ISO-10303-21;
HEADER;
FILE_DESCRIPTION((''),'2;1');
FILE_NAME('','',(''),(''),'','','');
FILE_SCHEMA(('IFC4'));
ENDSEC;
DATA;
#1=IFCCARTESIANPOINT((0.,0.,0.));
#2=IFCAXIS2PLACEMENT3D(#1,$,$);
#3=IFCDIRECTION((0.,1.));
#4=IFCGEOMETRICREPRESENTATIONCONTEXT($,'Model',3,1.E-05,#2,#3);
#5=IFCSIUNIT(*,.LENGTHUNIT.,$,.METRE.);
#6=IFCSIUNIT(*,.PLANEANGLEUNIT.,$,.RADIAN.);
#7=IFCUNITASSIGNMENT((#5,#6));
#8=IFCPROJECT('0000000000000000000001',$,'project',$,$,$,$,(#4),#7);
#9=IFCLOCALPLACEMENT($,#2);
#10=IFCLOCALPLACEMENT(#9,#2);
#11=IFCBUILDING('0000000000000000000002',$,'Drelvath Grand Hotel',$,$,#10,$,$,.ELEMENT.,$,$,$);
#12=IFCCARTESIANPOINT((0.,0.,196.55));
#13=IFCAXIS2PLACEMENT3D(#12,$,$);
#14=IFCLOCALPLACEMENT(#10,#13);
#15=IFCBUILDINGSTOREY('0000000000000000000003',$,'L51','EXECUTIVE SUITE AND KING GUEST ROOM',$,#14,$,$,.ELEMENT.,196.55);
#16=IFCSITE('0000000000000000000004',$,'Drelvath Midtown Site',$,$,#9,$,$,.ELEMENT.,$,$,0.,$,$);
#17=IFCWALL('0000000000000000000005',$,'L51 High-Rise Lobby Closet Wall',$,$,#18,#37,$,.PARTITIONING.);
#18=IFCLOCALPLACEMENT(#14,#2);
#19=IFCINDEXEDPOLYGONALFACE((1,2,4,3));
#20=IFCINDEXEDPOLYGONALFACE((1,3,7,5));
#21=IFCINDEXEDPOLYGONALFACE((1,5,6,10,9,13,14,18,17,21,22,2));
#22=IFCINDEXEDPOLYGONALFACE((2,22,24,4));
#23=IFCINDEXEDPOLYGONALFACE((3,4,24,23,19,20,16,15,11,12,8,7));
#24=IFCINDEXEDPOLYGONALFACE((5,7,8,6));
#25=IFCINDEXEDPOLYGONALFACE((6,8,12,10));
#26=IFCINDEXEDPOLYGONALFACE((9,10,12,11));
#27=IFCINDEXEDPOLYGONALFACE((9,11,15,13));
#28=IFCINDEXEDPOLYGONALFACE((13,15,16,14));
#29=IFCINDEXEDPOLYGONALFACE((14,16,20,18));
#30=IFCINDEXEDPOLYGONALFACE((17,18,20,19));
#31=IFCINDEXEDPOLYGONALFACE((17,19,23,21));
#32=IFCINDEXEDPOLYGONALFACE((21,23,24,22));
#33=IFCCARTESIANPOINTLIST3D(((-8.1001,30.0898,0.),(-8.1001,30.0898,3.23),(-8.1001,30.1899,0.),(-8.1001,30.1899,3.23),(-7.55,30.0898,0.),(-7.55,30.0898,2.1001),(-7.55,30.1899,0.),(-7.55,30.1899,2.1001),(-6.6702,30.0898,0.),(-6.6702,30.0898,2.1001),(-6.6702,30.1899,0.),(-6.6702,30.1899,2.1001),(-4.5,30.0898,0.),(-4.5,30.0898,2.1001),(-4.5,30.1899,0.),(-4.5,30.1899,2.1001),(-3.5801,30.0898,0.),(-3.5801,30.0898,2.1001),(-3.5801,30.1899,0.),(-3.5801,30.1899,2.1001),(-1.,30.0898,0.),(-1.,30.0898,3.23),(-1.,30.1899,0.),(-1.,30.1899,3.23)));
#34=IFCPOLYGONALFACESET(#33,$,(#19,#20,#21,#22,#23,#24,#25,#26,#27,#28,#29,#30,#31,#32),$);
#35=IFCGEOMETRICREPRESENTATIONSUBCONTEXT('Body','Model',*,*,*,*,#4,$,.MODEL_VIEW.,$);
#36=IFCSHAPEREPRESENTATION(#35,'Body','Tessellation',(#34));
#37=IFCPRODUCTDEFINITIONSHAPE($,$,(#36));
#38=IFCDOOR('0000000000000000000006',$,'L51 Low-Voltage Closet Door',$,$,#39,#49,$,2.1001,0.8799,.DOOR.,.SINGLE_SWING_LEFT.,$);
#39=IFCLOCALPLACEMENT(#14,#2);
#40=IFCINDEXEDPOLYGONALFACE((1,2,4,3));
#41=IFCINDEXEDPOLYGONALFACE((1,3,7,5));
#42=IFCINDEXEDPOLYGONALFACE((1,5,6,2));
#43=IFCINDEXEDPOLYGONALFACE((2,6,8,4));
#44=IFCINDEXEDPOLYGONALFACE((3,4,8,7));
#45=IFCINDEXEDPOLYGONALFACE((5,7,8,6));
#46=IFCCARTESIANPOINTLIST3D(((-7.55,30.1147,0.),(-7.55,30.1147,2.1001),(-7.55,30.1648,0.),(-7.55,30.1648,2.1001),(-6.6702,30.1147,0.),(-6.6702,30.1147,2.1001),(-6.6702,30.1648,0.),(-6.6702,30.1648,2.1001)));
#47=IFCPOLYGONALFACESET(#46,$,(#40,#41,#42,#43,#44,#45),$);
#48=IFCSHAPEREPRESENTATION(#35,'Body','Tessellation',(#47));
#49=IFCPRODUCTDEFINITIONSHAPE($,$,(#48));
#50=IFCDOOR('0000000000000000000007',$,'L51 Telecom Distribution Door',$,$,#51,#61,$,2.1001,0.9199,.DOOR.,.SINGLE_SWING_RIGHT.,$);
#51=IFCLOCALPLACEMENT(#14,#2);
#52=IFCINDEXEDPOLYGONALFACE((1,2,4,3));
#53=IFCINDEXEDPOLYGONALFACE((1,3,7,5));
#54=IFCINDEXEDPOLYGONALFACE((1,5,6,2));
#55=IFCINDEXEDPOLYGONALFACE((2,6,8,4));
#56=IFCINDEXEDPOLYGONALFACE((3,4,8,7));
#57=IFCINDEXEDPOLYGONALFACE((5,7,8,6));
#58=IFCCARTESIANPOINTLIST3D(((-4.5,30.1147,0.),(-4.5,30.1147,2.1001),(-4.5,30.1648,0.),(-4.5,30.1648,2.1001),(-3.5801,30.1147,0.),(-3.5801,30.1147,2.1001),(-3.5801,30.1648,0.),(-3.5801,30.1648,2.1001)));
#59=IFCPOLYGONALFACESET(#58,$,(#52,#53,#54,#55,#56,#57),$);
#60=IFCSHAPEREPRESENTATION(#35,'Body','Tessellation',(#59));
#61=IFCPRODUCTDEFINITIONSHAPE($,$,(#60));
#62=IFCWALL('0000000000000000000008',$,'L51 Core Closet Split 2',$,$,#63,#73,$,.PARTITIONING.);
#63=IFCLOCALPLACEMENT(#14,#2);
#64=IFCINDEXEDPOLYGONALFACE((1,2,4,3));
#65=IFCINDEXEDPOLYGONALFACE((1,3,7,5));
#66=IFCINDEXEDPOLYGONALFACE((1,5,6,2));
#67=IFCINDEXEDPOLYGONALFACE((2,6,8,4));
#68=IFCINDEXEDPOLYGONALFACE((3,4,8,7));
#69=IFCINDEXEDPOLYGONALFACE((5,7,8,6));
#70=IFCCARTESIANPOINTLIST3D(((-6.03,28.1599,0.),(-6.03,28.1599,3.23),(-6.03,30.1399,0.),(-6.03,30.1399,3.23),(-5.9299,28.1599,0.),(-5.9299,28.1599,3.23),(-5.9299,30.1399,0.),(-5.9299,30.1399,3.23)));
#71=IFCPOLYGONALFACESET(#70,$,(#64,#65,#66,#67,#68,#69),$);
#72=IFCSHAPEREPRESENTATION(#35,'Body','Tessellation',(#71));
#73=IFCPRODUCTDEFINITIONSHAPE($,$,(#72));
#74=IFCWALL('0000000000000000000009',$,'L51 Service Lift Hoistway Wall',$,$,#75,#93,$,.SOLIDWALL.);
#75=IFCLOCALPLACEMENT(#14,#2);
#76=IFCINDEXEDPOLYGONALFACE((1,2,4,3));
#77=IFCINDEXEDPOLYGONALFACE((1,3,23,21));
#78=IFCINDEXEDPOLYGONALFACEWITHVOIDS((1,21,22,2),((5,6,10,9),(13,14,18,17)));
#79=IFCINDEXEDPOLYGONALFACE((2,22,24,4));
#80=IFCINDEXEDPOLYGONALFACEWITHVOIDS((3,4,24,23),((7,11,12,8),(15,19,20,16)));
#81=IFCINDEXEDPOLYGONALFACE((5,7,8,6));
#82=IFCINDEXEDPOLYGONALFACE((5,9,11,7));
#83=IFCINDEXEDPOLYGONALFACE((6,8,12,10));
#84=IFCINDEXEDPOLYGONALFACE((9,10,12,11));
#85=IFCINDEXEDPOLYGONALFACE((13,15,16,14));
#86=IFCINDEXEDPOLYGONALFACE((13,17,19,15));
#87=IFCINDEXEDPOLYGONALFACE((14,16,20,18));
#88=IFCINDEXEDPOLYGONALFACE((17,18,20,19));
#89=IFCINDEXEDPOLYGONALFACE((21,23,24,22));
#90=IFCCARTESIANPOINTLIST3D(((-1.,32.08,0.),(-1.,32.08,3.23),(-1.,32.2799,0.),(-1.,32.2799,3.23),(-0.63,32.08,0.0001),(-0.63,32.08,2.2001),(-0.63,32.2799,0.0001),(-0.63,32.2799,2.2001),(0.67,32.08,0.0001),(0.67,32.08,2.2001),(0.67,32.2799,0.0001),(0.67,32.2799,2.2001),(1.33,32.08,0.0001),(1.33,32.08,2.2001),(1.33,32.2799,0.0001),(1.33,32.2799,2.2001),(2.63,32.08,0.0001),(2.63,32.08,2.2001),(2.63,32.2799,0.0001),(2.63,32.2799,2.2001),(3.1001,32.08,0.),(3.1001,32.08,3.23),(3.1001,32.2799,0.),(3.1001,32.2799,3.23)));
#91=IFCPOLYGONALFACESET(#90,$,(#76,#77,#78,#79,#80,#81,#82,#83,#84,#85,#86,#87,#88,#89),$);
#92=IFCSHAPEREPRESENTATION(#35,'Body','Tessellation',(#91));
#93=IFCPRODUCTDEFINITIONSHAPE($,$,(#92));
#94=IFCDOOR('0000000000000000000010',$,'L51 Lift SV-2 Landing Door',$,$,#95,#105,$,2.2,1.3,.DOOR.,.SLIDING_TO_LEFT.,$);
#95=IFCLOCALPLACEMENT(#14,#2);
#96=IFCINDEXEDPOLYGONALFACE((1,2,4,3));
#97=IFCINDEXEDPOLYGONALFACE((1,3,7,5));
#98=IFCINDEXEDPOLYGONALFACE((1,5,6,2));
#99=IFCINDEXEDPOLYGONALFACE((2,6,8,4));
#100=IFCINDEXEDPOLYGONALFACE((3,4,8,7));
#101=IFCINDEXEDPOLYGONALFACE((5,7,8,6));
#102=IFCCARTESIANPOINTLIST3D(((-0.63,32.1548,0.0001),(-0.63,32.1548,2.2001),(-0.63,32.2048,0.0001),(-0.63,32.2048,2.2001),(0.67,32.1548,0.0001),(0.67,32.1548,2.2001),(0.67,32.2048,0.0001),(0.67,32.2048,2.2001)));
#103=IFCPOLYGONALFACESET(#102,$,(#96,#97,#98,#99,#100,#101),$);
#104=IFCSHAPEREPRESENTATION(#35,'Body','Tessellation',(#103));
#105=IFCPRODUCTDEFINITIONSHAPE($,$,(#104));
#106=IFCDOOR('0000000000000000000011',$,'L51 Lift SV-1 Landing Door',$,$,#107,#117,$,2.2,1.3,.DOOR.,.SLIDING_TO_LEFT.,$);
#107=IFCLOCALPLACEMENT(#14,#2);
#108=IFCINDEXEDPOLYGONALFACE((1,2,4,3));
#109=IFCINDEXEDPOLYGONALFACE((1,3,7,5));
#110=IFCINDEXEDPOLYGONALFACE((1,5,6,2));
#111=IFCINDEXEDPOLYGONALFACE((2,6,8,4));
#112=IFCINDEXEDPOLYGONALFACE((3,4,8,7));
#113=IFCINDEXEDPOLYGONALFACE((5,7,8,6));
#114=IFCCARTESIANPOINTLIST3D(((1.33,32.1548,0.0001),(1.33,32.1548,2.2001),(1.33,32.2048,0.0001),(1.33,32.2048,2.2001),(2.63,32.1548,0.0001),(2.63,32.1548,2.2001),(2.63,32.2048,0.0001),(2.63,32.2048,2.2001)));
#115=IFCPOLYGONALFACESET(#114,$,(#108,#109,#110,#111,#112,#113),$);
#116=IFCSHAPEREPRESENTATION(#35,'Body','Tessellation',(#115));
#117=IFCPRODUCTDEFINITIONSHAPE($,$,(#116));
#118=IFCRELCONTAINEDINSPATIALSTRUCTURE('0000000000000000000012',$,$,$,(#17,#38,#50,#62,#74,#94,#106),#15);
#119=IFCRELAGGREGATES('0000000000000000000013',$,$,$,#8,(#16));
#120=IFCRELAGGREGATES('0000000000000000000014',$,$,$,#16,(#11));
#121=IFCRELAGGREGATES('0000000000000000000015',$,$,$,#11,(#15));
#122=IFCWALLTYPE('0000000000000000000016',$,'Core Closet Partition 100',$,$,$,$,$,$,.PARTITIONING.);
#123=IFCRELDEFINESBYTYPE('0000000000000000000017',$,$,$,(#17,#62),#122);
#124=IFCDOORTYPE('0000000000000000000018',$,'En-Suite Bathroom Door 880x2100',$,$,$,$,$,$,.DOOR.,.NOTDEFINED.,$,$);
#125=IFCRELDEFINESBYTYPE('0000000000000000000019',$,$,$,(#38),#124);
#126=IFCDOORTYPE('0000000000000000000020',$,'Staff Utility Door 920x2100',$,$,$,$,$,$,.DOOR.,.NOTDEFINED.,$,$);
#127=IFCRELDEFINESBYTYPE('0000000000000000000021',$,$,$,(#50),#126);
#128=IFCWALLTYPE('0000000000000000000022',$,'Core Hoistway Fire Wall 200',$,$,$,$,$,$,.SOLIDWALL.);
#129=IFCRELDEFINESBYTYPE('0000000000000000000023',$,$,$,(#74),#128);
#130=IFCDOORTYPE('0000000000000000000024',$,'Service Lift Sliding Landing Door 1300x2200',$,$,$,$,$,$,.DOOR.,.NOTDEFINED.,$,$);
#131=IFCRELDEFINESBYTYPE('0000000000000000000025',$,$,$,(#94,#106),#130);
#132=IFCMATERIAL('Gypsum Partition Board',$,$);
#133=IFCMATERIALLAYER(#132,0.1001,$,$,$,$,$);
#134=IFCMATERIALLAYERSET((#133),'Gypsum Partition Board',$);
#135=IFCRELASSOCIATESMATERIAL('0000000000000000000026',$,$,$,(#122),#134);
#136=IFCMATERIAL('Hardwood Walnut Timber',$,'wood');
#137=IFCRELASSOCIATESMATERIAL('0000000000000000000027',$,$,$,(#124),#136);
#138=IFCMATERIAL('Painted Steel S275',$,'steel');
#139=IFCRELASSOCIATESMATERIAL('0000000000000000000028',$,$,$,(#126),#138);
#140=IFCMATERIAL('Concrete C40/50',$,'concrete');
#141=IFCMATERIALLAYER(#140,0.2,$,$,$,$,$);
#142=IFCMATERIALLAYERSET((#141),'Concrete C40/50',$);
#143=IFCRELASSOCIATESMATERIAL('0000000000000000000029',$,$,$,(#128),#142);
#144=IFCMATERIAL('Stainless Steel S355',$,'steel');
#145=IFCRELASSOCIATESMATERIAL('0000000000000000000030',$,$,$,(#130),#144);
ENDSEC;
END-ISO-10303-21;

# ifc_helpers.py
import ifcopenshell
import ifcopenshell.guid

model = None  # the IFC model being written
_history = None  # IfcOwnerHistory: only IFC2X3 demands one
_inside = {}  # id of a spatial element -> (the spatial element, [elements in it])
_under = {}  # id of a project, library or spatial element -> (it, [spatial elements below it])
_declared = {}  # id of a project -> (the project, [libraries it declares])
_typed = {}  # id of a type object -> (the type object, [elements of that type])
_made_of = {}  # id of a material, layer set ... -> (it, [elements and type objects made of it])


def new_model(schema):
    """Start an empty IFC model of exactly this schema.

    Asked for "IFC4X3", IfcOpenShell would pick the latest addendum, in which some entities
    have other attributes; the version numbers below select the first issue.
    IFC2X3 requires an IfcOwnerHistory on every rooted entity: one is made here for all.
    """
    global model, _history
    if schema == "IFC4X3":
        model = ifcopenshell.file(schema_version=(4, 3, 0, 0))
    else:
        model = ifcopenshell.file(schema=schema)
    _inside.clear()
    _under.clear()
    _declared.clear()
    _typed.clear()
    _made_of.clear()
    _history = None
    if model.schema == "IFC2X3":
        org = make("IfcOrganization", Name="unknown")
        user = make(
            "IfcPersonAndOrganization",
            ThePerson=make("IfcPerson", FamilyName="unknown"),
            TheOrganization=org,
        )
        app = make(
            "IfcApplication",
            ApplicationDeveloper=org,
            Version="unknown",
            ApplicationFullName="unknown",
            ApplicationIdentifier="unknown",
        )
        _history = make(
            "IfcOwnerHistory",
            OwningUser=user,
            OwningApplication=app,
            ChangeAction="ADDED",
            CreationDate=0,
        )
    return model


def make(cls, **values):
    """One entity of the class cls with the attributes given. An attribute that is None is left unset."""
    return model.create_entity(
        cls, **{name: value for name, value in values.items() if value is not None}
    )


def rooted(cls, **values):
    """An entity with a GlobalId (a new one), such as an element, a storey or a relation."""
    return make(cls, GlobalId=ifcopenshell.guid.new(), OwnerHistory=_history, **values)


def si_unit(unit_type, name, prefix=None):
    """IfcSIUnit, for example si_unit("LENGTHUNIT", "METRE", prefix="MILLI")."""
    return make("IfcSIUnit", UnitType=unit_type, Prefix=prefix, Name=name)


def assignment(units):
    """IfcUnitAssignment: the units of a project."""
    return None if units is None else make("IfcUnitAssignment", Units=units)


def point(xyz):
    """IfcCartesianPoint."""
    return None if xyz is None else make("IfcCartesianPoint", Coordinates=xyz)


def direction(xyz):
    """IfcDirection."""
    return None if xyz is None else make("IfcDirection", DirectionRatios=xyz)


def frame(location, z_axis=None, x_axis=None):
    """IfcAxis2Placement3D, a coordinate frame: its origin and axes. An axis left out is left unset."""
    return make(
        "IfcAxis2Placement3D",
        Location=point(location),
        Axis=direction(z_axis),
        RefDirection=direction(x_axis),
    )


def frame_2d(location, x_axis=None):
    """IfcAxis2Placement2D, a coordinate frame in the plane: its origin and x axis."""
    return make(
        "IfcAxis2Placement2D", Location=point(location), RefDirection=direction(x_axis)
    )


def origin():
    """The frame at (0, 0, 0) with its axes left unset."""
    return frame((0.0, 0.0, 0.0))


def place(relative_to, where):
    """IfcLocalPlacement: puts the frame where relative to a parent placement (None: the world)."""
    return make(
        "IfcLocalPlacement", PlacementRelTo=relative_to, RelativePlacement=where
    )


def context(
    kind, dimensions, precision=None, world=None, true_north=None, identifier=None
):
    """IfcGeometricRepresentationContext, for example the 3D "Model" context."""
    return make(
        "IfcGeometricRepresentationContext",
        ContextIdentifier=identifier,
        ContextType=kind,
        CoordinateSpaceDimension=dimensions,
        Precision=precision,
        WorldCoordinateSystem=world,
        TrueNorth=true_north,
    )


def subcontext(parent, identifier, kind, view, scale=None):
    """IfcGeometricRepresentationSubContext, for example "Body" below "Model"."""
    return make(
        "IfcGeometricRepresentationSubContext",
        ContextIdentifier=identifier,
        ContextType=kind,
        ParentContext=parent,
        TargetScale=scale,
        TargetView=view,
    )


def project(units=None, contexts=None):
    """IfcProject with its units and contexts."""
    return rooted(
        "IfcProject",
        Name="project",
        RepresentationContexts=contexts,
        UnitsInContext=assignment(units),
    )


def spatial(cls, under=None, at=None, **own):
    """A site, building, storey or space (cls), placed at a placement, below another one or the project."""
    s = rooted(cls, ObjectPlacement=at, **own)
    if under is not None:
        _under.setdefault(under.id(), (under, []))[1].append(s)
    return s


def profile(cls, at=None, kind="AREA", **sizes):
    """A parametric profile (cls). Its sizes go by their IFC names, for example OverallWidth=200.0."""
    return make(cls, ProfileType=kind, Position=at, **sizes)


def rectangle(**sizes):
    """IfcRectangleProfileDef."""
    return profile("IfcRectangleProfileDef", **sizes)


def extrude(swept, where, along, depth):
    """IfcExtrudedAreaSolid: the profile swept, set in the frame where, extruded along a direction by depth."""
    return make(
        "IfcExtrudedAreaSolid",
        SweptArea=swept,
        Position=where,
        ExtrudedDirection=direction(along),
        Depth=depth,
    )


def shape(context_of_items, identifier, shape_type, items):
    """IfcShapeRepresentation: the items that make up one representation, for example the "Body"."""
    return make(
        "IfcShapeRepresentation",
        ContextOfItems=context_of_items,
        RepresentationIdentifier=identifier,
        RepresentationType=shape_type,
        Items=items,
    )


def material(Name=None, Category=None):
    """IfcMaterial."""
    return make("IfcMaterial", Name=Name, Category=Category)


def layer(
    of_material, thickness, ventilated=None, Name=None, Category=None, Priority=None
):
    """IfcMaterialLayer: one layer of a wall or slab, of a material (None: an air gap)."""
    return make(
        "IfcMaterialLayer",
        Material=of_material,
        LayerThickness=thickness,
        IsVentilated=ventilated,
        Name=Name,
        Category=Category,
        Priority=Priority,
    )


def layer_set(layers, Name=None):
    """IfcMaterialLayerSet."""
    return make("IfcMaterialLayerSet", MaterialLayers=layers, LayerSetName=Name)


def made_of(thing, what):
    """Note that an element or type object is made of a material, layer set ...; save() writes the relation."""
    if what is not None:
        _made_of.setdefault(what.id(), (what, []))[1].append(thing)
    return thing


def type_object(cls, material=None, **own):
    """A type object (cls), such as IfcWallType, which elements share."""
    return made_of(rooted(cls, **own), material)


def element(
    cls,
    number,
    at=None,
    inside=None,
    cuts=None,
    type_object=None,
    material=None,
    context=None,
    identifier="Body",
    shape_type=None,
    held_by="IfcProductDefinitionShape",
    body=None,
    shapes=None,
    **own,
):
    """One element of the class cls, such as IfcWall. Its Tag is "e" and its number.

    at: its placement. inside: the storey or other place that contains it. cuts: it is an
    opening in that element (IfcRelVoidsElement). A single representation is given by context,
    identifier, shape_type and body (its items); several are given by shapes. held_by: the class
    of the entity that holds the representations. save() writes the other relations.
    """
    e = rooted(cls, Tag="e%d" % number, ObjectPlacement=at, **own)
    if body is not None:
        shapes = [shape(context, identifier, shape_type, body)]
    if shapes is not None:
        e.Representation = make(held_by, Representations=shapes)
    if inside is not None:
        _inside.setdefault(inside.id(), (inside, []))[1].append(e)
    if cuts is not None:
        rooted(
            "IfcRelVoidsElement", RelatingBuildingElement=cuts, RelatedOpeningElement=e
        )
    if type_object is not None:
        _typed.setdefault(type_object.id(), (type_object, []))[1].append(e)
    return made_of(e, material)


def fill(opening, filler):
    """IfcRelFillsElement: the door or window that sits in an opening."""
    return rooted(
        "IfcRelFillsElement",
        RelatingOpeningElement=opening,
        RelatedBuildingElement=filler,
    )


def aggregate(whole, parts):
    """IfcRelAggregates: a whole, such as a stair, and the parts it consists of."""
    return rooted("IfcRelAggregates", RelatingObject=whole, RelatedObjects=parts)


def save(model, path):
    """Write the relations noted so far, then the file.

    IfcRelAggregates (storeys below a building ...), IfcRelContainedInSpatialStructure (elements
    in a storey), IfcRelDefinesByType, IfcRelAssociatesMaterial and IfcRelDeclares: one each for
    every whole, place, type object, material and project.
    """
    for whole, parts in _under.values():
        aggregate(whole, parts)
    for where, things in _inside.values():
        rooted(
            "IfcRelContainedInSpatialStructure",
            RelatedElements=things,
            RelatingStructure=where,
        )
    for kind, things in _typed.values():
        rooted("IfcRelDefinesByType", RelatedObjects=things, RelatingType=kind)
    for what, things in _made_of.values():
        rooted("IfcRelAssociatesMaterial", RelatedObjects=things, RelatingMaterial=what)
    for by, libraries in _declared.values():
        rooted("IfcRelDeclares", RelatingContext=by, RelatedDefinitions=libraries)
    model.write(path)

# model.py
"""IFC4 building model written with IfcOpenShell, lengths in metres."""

from ifc_helpers import new_model, si_unit, direction, frame, frame_2d, origin, place, context, subcontext, project, spatial, rectangle, extrude, material, layer, layer_set, type_object, element, fill, save


model = new_model("IFC4")

# Units and contexts
model_context = context("Model", 3, precision=1e-05, world=origin(), true_north=direction((0.0, 1.0)))
body_context = subcontext(model_context, "Body", "Model", "MODEL_VIEW")
ifc_project = project(units=[si_unit("LENGTHUNIT", "METRE"), si_unit("PLANEANGLEUNIT", "RADIAN")], contexts=[model_context])

# Site, building, storey
site_placement = place(None, origin())
site = spatial("IfcSite", under=ifc_project, at=site_placement, Name="Drelvath Midtown Site", CompositionType="ELEMENT", RefElevation=0.0)
building_placement = place(site_placement, origin())
building = spatial("IfcBuilding", under=site, at=building_placement, Name="Drelvath Grand Hotel", CompositionType="ELEMENT")
storey_placement = place(building_placement, frame((0.0, 0.0, 196.55)))
storey = spatial("IfcBuildingStorey", under=building, at=storey_placement, Name="L51", Description="EXECUTIVE SUITE AND KING GUEST ROOM", CompositionType="ELEMENT", Elevation=196.55)

# Wall, openings, doors
ifc_material_1 = material(Name="Gypsum Partition Board")
ifc_layer_1 = layer(ifc_material_1, 0.1001)
ifc_layer_set_1 = layer_set([ifc_layer_1], Name="Gypsum Partition Board")
wall_type_1 = type_object("IfcWallType", Name="Core Closet Partition 100", PredefinedType="PARTITIONING", material=ifc_layer_set_1)
wall_1_placement = place(storey_placement, frame((-8.1001, 30.1399, 0.0), z_axis=(0.0, 0.0, 1.0), x_axis=(1.0, 0.0, 0.0)))
wall_1 = element("IfcWall", 1, at=wall_1_placement, inside=storey, type_object=wall_type_1, Name="L51 High-Rise Lobby Closet Wall", PredefinedType="PARTITIONING", context=body_context, shape_type="SweptSolid", body=[
    extrude(rectangle(XDim=7.1001, YDim=0.1001, at=frame_2d((3.55, 0.0))), origin(), (0.0, 0.0, 1.0), 3.23),
])
opening_1_placement = place(wall_1_placement, frame((0.55, 0.0, 0.0)))
opening_1 = element("IfcOpeningElement", 2, at=opening_1_placement, cuts=wall_1, PredefinedType="OPENING", context=body_context, shape_type="SweptSolid", body=[
    extrude(rectangle(XDim=0.8799, YDim=2.1001, at=frame_2d((0.4399, 1.05))), frame((0.0, 0.0601, 0.0), z_axis=(0.0, -1.0, 0.0), x_axis=(1.0, 0.0, 0.0)), (0.0, 0.0, 1.0), 0.1201),
])
opening_2_placement = place(wall_1_placement, frame((3.6001, 0.0, 0.0)))
opening_2 = element("IfcOpeningElement", 3, at=opening_2_placement, cuts=wall_1, PredefinedType="OPENING", context=body_context, shape_type="SweptSolid", body=[
    extrude(rectangle(XDim=0.9199, YDim=2.1001, at=frame_2d((0.46, 1.05))), frame((0.0, 0.0601, 0.0), z_axis=(0.0, -1.0, 0.0), x_axis=(1.0, 0.0, 0.0)), (0.0, 0.0, 1.0), 0.1201),
])
ifc_material_2 = material(Name="Hardwood Walnut Timber", Category="wood")
door_type_1 = type_object("IfcDoorType", Name="En-Suite Bathroom Door 880x2100", OperationType="NOTDEFINED", PredefinedType="DOOR", material=ifc_material_2)
door_1_placement = place(opening_1_placement, origin())
door_1 = element("IfcDoor", 4, at=door_1_placement, inside=storey, type_object=door_type_1, Name="L51 Low-Voltage Closet Door", OperationType="SINGLE_SWING_LEFT", OverallHeight=2.1001, OverallWidth=0.8799, PredefinedType="DOOR", context=body_context, shape_type="SweptSolid", body=[
    extrude(rectangle(XDim=0.8799, YDim=2.1001, at=frame_2d((0.4399, 1.05))), frame((0.0, 0.0249, 0.0), z_axis=(0.0, -1.0, 0.0), x_axis=(1.0, 0.0, 0.0)), (0.0, 0.0, 1.0), 0.05),
])
fill(opening_1, door_1)
ifc_material_3 = material(Name="Painted Steel S275", Category="steel")
door_type_2 = type_object("IfcDoorType", Name="Staff Utility Door 920x2100", OperationType="NOTDEFINED", PredefinedType="DOOR", material=ifc_material_3)
door_2_placement = place(opening_2_placement, origin())
door_2 = element("IfcDoor", 5, at=door_2_placement, inside=storey, type_object=door_type_2, Name="L51 Telecom Distribution Door", OperationType="SINGLE_SWING_RIGHT", OverallHeight=2.1001, OverallWidth=0.9199, PredefinedType="DOOR", context=body_context, shape_type="SweptSolid", body=[
    extrude(rectangle(XDim=0.9199, YDim=2.1001, at=frame_2d((0.46, 1.05))), frame((0.0, 0.0249, 0.0), z_axis=(0.0, -1.0, 0.0), x_axis=(1.0, 0.0, 0.0)), (0.0, 0.0, 1.0), 0.05),
])
fill(opening_2, door_2)

# Wall
wall_2_placement = place(storey_placement, frame((-5.98, 28.1599, 0.0), z_axis=(0.0, 0.0, 1.0), x_axis=(0.0, 1.0, 0.0)))
element("IfcWall", 6, at=wall_2_placement, inside=storey, type_object=wall_type_1, Name="L51 Core Closet Split 2", PredefinedType="PARTITIONING", context=body_context, shape_type="SweptSolid", body=[
    extrude(rectangle(XDim=1.98, YDim=0.1001, at=frame_2d((0.99, 0.0))), origin(), (0.0, 0.0, 1.0), 3.23),
])

# Wall, openings, doors
ifc_material_4 = material(Name="Concrete C40/50", Category="concrete")
ifc_layer_2 = layer(ifc_material_4, 0.2)
ifc_layer_set_2 = layer_set([ifc_layer_2], Name="Concrete C40/50")
wall_type_2 = type_object("IfcWallType", Name="Core Hoistway Fire Wall 200", PredefinedType="SOLIDWALL", material=ifc_layer_set_2)
wall_3_placement = place(storey_placement, frame((-1.0, 32.1799, 0.0), z_axis=(0.0, 0.0, 1.0), x_axis=(1.0, 0.0, 0.0)))
wall_3 = element("IfcWall", 7, at=wall_3_placement, inside=storey, type_object=wall_type_2, Name="L51 Service Lift Hoistway Wall", PredefinedType="SOLIDWALL", context=body_context, shape_type="SweptSolid", body=[
    extrude(rectangle(XDim=4.1001, YDim=0.2, at=frame_2d((2.05, 0.0))), origin(), (0.0, 0.0, 1.0), 3.23),
])
opening_3_placement = place(wall_3_placement, frame((0.3701, 0.0, 0.0)))
opening_3 = element("IfcOpeningElement", 8, at=opening_3_placement, cuts=wall_3, PredefinedType="OPENING", context=body_context, shape_type="SweptSolid", body=[
    extrude(rectangle(XDim=1.3, YDim=2.2, at=frame_2d((0.6499, 1.1001))), frame((0.0, 0.1099, 0.0), z_axis=(0.0, -1.0, 0.0), x_axis=(1.0, 0.0, 0.0)), (0.0, 0.0, 1.0), 0.22),
])
opening_4_placement = place(wall_3_placement, frame((2.3301, 0.0, 0.0)))
opening_4 = element("IfcOpeningElement", 9, at=opening_4_placement, cuts=wall_3, PredefinedType="OPENING", context=body_context, shape_type="SweptSolid", body=[
    extrude(rectangle(XDim=1.3, YDim=2.2, at=frame_2d((0.6499, 1.1001))), frame((0.0, 0.1099, 0.0), z_axis=(0.0, -1.0, 0.0), x_axis=(1.0, 0.0, 0.0)), (0.0, 0.0, 1.0), 0.22),
])
ifc_material_5 = material(Name="Stainless Steel S355", Category="steel")
door_type_3 = type_object("IfcDoorType", Name="Service Lift Sliding Landing Door 1300x2200", OperationType="NOTDEFINED", PredefinedType="DOOR", material=ifc_material_5)
door_3_placement = place(opening_3_placement, origin())
door_3 = element("IfcDoor", 10, at=door_3_placement, inside=storey, type_object=door_type_3, Name="L51 Lift SV-2 Landing Door", OperationType="SLIDING_TO_LEFT", OverallHeight=2.2, OverallWidth=1.3, PredefinedType="DOOR", context=body_context, shape_type="SweptSolid", body=[
    extrude(rectangle(XDim=1.3, YDim=2.2, at=frame_2d((0.6499, 1.1001))), frame((0.0, 0.0249, 0.0), z_axis=(0.0, -1.0, 0.0), x_axis=(1.0, 0.0, 0.0)), (0.0, 0.0, 1.0), 0.05),
])
fill(opening_3, door_3)
door_4_placement = place(opening_4_placement, origin())
door_4 = element("IfcDoor", 11, at=door_4_placement, inside=storey, type_object=door_type_3, Name="L51 Lift SV-1 Landing Door", OperationType="SLIDING_TO_LEFT", OverallHeight=2.2, OverallWidth=1.3, PredefinedType="DOOR", context=body_context, shape_type="SweptSolid", body=[
    extrude(rectangle(XDim=1.3, YDim=2.2, at=frame_2d((0.6499, 1.1001))), frame((0.0, 0.0249, 0.0), z_axis=(0.0, -1.0, 0.0), x_axis=(1.0, 0.0, 0.0)), (0.0, 0.0, 1.0), 0.05),
])
fill(opening_4, door_4)

save(model, "model.ifc")
